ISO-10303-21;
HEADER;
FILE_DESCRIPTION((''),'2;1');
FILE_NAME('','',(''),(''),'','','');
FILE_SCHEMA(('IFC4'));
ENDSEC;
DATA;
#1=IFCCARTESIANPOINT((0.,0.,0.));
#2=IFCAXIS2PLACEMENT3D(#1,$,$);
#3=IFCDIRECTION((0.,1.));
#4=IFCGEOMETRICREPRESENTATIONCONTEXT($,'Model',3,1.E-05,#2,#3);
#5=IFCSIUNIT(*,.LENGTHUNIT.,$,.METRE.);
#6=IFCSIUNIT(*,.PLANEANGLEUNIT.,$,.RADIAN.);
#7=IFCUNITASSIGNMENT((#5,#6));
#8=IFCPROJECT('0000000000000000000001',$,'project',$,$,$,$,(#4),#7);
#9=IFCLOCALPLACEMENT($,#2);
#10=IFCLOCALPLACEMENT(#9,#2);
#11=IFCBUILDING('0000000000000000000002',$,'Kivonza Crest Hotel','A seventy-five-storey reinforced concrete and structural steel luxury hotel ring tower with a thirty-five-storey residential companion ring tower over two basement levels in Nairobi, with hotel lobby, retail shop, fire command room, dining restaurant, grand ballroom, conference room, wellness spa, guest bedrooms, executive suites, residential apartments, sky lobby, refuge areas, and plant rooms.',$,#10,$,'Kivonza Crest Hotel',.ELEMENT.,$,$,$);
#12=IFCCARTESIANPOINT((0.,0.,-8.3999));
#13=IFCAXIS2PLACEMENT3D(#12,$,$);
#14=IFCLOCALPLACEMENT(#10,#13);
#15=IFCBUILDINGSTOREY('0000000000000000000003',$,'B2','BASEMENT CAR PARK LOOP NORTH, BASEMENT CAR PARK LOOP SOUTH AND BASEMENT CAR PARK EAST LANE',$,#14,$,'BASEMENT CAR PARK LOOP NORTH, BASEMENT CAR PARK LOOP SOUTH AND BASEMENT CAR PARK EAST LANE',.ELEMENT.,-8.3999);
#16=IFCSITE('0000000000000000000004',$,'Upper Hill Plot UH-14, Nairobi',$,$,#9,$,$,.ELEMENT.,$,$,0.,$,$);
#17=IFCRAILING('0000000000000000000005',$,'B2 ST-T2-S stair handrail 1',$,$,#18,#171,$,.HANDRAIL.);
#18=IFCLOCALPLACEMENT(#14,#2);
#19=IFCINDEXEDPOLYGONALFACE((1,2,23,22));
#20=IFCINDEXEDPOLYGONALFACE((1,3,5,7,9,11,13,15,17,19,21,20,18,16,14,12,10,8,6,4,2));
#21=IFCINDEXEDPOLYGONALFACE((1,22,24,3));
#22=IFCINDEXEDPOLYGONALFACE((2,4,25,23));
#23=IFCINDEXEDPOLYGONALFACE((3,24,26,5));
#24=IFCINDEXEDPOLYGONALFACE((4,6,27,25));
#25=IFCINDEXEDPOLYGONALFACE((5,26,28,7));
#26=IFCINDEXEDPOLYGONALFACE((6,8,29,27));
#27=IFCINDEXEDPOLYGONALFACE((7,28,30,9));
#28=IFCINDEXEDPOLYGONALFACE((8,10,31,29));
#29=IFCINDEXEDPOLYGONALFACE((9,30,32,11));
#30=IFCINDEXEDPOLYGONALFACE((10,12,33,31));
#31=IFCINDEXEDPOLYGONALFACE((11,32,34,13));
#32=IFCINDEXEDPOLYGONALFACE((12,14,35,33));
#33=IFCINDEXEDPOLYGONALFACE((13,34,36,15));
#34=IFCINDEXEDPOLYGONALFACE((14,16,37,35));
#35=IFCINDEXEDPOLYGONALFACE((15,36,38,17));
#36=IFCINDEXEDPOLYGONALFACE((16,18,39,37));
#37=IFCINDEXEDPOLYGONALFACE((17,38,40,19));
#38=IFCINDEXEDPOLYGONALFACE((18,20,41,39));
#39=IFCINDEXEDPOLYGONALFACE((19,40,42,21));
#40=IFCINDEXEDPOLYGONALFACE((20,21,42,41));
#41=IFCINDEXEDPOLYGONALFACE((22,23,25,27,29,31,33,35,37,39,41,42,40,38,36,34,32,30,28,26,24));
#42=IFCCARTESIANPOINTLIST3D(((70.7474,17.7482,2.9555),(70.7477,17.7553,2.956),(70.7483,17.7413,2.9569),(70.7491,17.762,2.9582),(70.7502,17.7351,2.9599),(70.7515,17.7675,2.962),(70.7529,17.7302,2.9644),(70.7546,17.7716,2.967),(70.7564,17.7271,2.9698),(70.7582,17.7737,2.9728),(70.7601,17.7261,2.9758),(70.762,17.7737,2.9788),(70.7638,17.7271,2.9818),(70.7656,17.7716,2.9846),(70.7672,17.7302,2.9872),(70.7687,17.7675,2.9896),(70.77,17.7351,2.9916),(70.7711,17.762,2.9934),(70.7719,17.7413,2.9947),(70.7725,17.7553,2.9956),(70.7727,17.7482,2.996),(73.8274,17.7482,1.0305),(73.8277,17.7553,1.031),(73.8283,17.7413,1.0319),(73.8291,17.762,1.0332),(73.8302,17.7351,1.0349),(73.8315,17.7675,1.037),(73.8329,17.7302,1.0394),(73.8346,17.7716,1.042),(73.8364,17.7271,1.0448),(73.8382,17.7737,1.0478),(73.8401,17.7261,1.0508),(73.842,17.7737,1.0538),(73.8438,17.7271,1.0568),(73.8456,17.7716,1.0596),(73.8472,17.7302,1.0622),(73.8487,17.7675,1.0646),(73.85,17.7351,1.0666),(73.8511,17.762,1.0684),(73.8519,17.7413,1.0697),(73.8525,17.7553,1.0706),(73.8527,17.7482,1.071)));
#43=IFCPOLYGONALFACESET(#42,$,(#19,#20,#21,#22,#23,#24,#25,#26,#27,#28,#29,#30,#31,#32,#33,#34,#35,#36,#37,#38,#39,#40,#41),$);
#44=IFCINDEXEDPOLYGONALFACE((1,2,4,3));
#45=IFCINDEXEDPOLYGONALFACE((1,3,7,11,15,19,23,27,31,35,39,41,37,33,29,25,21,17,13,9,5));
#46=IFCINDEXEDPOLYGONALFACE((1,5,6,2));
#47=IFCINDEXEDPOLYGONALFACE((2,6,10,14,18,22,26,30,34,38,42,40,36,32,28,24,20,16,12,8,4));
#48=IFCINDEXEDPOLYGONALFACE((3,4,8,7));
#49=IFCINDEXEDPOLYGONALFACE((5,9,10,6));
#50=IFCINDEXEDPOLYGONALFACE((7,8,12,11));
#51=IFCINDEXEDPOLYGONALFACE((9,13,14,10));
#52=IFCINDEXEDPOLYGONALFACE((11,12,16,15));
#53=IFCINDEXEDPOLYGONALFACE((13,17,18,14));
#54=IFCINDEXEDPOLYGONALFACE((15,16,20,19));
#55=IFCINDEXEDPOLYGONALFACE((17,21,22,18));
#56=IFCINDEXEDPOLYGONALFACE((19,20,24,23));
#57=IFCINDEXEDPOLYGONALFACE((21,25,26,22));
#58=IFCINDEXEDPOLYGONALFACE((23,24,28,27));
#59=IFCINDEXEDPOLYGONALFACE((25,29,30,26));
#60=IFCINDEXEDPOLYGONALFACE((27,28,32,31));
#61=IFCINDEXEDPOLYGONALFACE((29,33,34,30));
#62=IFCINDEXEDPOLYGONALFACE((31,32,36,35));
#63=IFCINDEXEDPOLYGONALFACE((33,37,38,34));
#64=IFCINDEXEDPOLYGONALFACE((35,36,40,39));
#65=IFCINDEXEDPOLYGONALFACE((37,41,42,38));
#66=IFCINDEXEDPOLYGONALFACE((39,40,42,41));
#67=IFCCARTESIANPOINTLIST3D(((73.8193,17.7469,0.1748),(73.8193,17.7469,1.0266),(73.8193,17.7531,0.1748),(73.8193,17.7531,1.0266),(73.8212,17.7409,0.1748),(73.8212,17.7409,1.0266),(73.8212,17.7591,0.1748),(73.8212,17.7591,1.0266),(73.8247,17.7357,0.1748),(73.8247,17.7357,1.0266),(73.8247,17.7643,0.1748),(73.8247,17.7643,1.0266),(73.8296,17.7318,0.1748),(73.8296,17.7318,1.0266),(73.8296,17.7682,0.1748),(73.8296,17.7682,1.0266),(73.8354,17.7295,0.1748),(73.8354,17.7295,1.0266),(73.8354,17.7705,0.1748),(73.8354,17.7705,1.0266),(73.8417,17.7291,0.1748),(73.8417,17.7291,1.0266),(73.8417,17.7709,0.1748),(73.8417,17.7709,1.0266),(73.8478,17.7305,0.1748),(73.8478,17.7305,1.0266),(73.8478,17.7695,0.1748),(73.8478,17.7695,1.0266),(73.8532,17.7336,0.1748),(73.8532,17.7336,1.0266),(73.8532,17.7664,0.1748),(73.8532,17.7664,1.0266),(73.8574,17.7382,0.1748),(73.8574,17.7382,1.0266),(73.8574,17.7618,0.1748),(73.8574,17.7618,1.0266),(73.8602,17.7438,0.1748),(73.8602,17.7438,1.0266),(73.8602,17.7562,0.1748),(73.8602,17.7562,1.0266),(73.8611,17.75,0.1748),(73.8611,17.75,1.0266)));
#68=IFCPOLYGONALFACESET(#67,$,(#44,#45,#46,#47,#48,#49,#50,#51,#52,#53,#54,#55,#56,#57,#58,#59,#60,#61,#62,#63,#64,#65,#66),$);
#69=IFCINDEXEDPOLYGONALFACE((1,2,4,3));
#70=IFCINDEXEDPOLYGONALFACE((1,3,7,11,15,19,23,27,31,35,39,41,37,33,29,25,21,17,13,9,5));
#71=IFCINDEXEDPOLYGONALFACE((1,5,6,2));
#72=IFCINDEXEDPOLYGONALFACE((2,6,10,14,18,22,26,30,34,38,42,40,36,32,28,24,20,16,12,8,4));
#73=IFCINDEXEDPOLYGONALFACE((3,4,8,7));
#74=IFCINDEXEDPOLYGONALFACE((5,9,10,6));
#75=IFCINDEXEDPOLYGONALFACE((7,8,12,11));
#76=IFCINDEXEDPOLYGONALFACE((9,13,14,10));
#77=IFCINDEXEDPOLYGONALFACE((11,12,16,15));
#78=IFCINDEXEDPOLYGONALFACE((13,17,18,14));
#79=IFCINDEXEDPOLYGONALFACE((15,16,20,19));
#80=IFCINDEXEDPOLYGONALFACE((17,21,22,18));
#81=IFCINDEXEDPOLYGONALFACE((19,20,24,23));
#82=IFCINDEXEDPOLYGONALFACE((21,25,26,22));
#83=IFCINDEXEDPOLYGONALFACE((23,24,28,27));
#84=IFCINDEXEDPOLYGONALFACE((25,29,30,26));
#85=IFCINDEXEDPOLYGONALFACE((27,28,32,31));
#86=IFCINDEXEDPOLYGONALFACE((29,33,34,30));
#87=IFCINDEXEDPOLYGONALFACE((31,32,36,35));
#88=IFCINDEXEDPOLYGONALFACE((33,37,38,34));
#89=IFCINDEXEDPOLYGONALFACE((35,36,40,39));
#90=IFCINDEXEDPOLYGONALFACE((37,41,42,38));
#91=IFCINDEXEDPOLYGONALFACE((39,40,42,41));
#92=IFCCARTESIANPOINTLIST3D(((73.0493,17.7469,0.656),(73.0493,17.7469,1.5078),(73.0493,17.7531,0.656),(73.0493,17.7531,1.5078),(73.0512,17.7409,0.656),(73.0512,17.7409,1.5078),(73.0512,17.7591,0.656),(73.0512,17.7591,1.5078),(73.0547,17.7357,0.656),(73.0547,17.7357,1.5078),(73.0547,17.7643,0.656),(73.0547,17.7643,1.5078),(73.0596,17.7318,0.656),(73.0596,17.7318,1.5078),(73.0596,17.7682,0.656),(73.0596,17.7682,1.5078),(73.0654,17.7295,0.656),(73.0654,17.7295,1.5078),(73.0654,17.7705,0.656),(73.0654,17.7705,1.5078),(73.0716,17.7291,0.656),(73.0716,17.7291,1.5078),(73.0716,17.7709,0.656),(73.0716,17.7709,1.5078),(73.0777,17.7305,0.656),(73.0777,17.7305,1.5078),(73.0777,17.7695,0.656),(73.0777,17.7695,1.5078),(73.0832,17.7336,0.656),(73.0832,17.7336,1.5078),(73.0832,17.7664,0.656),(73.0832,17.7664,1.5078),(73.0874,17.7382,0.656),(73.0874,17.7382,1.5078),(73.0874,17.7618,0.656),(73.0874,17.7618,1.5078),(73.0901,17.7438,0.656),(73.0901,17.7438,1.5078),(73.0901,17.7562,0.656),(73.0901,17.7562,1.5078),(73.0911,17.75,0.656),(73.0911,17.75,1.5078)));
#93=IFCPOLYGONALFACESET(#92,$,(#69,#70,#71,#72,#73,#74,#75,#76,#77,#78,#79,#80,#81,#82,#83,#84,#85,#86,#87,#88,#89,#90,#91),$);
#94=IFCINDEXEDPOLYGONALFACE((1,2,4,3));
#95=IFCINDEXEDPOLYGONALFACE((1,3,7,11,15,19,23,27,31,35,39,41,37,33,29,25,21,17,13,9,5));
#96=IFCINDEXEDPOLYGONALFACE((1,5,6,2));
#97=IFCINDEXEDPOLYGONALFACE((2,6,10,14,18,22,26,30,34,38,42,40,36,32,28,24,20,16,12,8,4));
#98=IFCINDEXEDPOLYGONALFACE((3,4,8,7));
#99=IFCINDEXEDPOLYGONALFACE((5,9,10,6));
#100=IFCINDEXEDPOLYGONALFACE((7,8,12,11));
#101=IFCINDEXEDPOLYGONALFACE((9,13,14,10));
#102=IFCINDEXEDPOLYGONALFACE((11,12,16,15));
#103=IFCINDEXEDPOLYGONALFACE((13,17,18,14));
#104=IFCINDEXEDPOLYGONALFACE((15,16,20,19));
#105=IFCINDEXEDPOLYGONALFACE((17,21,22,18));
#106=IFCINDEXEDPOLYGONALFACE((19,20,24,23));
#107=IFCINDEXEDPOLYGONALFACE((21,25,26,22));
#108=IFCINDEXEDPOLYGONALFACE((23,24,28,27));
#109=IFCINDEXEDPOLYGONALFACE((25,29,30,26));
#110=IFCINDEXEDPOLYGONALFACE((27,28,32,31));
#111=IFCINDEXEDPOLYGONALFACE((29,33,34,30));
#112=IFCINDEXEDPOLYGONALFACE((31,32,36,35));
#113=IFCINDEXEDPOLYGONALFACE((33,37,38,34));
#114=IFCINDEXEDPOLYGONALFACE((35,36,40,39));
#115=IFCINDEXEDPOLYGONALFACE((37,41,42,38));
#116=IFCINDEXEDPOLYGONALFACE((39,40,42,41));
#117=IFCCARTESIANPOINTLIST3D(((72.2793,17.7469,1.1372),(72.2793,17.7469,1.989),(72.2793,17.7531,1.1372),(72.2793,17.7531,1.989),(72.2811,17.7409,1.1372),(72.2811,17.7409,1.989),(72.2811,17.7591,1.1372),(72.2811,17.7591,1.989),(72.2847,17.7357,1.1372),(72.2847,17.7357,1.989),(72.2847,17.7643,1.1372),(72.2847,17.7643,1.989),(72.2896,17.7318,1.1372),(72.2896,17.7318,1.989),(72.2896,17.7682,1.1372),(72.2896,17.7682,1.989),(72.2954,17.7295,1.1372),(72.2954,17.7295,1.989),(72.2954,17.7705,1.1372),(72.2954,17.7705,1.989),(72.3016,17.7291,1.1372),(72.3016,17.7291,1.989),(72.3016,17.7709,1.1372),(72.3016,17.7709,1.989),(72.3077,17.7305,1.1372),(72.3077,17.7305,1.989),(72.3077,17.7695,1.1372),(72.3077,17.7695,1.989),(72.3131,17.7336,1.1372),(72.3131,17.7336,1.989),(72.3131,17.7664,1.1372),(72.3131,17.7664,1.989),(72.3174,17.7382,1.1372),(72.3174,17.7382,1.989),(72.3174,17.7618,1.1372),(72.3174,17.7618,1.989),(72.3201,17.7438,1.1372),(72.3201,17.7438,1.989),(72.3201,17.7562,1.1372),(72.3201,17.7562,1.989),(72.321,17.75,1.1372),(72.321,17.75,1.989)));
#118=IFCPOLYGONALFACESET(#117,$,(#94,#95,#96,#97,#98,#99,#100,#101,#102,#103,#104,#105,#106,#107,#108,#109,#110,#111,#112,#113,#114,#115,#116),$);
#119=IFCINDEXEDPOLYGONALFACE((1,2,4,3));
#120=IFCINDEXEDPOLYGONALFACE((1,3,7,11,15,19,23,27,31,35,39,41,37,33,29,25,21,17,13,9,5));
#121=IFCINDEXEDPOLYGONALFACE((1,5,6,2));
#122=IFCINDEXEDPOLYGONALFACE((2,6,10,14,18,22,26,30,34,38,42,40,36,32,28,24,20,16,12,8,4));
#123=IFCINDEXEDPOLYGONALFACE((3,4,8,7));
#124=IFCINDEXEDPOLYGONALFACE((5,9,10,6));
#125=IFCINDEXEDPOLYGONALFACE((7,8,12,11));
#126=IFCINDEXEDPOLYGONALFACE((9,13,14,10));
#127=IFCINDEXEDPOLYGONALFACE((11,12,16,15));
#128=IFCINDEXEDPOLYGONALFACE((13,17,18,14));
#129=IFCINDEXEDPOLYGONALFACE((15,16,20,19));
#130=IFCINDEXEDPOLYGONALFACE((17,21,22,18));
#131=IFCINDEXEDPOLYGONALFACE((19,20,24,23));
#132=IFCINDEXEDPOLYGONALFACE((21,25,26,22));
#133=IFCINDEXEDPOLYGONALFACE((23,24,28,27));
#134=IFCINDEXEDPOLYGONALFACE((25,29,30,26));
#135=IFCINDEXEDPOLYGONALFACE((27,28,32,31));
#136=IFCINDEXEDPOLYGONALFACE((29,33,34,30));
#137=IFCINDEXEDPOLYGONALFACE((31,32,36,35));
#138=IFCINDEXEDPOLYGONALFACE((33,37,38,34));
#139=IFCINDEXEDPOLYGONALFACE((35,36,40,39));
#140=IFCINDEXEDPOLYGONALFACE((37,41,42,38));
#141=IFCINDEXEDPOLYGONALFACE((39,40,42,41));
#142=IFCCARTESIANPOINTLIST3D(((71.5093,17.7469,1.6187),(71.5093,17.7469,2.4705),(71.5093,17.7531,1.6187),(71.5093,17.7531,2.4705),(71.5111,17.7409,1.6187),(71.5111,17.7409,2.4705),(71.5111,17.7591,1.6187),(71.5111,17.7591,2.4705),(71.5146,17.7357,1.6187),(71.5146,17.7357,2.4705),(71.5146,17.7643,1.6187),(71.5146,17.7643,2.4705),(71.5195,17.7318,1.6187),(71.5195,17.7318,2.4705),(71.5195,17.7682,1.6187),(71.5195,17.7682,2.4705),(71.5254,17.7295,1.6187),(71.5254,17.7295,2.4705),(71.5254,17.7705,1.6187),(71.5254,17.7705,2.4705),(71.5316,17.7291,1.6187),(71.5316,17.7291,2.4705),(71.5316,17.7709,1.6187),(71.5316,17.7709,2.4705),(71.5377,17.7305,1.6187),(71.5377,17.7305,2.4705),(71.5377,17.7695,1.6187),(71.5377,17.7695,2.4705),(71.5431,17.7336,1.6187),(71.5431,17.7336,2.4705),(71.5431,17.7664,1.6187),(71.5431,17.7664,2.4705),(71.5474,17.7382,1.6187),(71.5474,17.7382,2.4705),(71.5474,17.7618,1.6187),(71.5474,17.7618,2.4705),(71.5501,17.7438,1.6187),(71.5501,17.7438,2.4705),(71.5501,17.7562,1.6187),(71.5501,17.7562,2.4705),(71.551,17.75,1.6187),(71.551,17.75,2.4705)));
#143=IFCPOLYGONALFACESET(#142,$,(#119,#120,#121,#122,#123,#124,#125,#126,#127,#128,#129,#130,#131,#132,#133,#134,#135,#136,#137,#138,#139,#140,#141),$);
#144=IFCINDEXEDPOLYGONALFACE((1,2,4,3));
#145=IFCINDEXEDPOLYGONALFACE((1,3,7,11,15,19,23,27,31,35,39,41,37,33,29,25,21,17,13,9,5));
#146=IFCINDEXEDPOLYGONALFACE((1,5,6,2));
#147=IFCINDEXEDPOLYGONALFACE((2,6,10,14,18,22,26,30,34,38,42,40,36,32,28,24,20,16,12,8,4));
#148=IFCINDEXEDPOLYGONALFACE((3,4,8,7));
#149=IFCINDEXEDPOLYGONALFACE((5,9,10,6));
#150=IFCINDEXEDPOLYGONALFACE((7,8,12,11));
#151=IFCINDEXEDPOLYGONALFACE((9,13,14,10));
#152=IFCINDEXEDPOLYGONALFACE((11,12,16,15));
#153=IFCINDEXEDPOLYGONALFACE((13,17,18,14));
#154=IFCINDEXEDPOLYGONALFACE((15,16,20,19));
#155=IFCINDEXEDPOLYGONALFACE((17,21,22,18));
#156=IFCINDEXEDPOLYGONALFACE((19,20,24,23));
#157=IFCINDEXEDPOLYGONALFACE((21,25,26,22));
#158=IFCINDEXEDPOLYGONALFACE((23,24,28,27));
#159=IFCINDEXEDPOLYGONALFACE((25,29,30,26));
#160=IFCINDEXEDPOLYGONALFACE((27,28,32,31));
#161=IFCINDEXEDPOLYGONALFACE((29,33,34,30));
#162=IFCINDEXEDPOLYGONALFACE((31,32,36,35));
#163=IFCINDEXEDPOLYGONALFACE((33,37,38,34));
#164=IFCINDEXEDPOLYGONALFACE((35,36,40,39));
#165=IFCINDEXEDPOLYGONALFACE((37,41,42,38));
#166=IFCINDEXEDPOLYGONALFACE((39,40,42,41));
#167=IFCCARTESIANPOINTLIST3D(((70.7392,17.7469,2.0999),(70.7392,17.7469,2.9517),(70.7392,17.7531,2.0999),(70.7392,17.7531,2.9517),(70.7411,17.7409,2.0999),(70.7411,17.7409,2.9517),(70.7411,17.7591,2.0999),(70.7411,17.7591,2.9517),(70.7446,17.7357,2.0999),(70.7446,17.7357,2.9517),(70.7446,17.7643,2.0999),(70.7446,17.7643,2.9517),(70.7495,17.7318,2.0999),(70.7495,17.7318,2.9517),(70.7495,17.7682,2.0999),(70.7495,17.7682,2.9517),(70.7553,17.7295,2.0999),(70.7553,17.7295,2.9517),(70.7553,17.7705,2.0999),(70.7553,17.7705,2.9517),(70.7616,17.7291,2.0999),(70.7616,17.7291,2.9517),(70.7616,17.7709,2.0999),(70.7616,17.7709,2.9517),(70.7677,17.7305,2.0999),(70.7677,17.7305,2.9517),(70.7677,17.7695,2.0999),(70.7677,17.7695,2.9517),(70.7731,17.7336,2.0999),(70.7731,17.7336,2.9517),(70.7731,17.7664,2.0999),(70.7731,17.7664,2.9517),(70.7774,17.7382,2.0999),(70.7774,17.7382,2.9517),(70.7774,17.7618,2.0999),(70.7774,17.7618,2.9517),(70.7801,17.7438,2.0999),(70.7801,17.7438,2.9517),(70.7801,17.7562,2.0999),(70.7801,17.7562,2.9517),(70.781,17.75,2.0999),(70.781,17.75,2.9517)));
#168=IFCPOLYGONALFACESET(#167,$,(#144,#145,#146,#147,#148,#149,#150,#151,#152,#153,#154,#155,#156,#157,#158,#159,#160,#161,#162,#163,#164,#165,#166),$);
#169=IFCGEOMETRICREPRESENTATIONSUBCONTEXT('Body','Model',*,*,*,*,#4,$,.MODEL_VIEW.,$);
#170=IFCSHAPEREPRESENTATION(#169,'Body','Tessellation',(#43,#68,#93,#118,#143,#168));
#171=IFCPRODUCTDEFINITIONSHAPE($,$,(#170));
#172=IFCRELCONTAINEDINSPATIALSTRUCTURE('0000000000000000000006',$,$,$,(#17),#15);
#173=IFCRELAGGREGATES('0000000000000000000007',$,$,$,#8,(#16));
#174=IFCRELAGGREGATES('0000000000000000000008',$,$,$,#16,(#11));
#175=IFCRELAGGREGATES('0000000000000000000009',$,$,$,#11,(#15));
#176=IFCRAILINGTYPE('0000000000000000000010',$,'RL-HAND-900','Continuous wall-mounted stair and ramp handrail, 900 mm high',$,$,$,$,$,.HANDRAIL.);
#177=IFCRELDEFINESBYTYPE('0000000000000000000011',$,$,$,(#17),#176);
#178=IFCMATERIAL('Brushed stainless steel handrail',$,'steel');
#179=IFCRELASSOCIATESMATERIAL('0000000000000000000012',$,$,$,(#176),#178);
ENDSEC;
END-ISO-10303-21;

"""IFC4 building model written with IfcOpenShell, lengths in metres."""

from ifc_helpers import new_model, si_unit, direction, frame, origin, origin_2d, place, context, subcontext, project, spatial, circle, extrude, material, type_object, element, save


model = new_model("IFC4")

# Units and contexts
model_context = context("Model", 3, precision=1e-05, world=origin(), true_north=direction((0.0, 1.0)))
body_context = subcontext(model_context, "Body", "Model", "MODEL_VIEW")
ifc_project = project(units=[si_unit("LENGTHUNIT", "METRE"), si_unit("PLANEANGLEUNIT", "RADIAN")], contexts=[model_context])

# Site, building, storey
site_placement = place(None, origin())
site = spatial("IfcSite", under=ifc_project, at=site_placement, Name="Upper Hill Plot UH-14, Nairobi", CompositionType="ELEMENT", RefElevation=0.0)
building_placement = place(site_placement, origin())
building = spatial("IfcBuilding", under=site, at=building_placement, Name="Kivonza Crest Hotel", Description="A seventy-five-storey reinforced concrete and structural steel luxury hotel ring tower with a thirty-five-storey residential companion ring tower over two basement levels in Nairobi, with hotel lobby, retail shop, fire command room, dining restaurant, grand ballroom, conference room, wellness spa, guest bedrooms, executive suites, residential apartments, sky lobby, refuge areas, and plant rooms.", LongName="Kivonza Crest Hotel", CompositionType="ELEMENT")
storey_placement = place(building_placement, frame((0.0, 0.0, -8.3999)))
storey = spatial("IfcBuildingStorey", under=building, at=storey_placement, Name="B2", Description="BASEMENT CAR PARK LOOP NORTH, BASEMENT CAR PARK LOOP SOUTH AND BASEMENT CAR PARK EAST LANE", LongName="BASEMENT CAR PARK LOOP NORTH, BASEMENT CAR PARK LOOP SOUTH AND BASEMENT CAR PARK EAST LANE", CompositionType="ELEMENT", Elevation=-8.3999)

# Railing
ifc_material_1 = material(Name="Brushed stainless steel handrail", Category="steel")
railing_type_1 = type_object("IfcRailingType", Name="RL-HAND-900", Description="Continuous wall-mounted stair and ramp handrail, 900 mm high", PredefinedType="HANDRAIL", material=ifc_material_1)
railing_1_placement = place(storey_placement, frame((73.8401, 17.75, 0.1748)))
element("IfcRailing", 1, at=railing_1_placement, inside=storey, type_object=railing_type_1, Name="B2 ST-T2-S stair handrail 1", PredefinedType="HANDRAIL", context=body_context, shape_type="SweptSolid", body=[
    extrude(circle(Radius=0.0239, at=origin_2d()), frame((0.0, 0.0, 0.876), z_axis=(-0.847998, 0.0, 0.529999), x_axis=(0.0, -1.0, 0.0)), (0.0, 0.0, 1.0), 3.6321),
    extrude(circle(Radius=0.021, at=origin_2d()), origin(), (0.0, 0.0, 1.0), 0.8518),
    extrude(circle(Radius=0.021, at=origin_2d()), frame((-0.77, 0.0, 0.4812)), (0.0, 0.0, 1.0), 0.8518),
    extrude(circle(Radius=0.021, at=origin_2d()), frame((-1.54, 0.0, 0.9624)), (0.0, 0.0, 1.0), 0.8518),
    extrude(circle(Radius=0.021, at=origin_2d()), frame((-2.3101, 0.0, 1.4438)), (0.0, 0.0, 1.0), 0.8518),
    extrude(circle(Radius=0.021, at=origin_2d()), frame((-3.0801, 0.0, 1.925)), (0.0, 0.0, 1.0), 0.8518),
])

save(model, "model.ifc")
